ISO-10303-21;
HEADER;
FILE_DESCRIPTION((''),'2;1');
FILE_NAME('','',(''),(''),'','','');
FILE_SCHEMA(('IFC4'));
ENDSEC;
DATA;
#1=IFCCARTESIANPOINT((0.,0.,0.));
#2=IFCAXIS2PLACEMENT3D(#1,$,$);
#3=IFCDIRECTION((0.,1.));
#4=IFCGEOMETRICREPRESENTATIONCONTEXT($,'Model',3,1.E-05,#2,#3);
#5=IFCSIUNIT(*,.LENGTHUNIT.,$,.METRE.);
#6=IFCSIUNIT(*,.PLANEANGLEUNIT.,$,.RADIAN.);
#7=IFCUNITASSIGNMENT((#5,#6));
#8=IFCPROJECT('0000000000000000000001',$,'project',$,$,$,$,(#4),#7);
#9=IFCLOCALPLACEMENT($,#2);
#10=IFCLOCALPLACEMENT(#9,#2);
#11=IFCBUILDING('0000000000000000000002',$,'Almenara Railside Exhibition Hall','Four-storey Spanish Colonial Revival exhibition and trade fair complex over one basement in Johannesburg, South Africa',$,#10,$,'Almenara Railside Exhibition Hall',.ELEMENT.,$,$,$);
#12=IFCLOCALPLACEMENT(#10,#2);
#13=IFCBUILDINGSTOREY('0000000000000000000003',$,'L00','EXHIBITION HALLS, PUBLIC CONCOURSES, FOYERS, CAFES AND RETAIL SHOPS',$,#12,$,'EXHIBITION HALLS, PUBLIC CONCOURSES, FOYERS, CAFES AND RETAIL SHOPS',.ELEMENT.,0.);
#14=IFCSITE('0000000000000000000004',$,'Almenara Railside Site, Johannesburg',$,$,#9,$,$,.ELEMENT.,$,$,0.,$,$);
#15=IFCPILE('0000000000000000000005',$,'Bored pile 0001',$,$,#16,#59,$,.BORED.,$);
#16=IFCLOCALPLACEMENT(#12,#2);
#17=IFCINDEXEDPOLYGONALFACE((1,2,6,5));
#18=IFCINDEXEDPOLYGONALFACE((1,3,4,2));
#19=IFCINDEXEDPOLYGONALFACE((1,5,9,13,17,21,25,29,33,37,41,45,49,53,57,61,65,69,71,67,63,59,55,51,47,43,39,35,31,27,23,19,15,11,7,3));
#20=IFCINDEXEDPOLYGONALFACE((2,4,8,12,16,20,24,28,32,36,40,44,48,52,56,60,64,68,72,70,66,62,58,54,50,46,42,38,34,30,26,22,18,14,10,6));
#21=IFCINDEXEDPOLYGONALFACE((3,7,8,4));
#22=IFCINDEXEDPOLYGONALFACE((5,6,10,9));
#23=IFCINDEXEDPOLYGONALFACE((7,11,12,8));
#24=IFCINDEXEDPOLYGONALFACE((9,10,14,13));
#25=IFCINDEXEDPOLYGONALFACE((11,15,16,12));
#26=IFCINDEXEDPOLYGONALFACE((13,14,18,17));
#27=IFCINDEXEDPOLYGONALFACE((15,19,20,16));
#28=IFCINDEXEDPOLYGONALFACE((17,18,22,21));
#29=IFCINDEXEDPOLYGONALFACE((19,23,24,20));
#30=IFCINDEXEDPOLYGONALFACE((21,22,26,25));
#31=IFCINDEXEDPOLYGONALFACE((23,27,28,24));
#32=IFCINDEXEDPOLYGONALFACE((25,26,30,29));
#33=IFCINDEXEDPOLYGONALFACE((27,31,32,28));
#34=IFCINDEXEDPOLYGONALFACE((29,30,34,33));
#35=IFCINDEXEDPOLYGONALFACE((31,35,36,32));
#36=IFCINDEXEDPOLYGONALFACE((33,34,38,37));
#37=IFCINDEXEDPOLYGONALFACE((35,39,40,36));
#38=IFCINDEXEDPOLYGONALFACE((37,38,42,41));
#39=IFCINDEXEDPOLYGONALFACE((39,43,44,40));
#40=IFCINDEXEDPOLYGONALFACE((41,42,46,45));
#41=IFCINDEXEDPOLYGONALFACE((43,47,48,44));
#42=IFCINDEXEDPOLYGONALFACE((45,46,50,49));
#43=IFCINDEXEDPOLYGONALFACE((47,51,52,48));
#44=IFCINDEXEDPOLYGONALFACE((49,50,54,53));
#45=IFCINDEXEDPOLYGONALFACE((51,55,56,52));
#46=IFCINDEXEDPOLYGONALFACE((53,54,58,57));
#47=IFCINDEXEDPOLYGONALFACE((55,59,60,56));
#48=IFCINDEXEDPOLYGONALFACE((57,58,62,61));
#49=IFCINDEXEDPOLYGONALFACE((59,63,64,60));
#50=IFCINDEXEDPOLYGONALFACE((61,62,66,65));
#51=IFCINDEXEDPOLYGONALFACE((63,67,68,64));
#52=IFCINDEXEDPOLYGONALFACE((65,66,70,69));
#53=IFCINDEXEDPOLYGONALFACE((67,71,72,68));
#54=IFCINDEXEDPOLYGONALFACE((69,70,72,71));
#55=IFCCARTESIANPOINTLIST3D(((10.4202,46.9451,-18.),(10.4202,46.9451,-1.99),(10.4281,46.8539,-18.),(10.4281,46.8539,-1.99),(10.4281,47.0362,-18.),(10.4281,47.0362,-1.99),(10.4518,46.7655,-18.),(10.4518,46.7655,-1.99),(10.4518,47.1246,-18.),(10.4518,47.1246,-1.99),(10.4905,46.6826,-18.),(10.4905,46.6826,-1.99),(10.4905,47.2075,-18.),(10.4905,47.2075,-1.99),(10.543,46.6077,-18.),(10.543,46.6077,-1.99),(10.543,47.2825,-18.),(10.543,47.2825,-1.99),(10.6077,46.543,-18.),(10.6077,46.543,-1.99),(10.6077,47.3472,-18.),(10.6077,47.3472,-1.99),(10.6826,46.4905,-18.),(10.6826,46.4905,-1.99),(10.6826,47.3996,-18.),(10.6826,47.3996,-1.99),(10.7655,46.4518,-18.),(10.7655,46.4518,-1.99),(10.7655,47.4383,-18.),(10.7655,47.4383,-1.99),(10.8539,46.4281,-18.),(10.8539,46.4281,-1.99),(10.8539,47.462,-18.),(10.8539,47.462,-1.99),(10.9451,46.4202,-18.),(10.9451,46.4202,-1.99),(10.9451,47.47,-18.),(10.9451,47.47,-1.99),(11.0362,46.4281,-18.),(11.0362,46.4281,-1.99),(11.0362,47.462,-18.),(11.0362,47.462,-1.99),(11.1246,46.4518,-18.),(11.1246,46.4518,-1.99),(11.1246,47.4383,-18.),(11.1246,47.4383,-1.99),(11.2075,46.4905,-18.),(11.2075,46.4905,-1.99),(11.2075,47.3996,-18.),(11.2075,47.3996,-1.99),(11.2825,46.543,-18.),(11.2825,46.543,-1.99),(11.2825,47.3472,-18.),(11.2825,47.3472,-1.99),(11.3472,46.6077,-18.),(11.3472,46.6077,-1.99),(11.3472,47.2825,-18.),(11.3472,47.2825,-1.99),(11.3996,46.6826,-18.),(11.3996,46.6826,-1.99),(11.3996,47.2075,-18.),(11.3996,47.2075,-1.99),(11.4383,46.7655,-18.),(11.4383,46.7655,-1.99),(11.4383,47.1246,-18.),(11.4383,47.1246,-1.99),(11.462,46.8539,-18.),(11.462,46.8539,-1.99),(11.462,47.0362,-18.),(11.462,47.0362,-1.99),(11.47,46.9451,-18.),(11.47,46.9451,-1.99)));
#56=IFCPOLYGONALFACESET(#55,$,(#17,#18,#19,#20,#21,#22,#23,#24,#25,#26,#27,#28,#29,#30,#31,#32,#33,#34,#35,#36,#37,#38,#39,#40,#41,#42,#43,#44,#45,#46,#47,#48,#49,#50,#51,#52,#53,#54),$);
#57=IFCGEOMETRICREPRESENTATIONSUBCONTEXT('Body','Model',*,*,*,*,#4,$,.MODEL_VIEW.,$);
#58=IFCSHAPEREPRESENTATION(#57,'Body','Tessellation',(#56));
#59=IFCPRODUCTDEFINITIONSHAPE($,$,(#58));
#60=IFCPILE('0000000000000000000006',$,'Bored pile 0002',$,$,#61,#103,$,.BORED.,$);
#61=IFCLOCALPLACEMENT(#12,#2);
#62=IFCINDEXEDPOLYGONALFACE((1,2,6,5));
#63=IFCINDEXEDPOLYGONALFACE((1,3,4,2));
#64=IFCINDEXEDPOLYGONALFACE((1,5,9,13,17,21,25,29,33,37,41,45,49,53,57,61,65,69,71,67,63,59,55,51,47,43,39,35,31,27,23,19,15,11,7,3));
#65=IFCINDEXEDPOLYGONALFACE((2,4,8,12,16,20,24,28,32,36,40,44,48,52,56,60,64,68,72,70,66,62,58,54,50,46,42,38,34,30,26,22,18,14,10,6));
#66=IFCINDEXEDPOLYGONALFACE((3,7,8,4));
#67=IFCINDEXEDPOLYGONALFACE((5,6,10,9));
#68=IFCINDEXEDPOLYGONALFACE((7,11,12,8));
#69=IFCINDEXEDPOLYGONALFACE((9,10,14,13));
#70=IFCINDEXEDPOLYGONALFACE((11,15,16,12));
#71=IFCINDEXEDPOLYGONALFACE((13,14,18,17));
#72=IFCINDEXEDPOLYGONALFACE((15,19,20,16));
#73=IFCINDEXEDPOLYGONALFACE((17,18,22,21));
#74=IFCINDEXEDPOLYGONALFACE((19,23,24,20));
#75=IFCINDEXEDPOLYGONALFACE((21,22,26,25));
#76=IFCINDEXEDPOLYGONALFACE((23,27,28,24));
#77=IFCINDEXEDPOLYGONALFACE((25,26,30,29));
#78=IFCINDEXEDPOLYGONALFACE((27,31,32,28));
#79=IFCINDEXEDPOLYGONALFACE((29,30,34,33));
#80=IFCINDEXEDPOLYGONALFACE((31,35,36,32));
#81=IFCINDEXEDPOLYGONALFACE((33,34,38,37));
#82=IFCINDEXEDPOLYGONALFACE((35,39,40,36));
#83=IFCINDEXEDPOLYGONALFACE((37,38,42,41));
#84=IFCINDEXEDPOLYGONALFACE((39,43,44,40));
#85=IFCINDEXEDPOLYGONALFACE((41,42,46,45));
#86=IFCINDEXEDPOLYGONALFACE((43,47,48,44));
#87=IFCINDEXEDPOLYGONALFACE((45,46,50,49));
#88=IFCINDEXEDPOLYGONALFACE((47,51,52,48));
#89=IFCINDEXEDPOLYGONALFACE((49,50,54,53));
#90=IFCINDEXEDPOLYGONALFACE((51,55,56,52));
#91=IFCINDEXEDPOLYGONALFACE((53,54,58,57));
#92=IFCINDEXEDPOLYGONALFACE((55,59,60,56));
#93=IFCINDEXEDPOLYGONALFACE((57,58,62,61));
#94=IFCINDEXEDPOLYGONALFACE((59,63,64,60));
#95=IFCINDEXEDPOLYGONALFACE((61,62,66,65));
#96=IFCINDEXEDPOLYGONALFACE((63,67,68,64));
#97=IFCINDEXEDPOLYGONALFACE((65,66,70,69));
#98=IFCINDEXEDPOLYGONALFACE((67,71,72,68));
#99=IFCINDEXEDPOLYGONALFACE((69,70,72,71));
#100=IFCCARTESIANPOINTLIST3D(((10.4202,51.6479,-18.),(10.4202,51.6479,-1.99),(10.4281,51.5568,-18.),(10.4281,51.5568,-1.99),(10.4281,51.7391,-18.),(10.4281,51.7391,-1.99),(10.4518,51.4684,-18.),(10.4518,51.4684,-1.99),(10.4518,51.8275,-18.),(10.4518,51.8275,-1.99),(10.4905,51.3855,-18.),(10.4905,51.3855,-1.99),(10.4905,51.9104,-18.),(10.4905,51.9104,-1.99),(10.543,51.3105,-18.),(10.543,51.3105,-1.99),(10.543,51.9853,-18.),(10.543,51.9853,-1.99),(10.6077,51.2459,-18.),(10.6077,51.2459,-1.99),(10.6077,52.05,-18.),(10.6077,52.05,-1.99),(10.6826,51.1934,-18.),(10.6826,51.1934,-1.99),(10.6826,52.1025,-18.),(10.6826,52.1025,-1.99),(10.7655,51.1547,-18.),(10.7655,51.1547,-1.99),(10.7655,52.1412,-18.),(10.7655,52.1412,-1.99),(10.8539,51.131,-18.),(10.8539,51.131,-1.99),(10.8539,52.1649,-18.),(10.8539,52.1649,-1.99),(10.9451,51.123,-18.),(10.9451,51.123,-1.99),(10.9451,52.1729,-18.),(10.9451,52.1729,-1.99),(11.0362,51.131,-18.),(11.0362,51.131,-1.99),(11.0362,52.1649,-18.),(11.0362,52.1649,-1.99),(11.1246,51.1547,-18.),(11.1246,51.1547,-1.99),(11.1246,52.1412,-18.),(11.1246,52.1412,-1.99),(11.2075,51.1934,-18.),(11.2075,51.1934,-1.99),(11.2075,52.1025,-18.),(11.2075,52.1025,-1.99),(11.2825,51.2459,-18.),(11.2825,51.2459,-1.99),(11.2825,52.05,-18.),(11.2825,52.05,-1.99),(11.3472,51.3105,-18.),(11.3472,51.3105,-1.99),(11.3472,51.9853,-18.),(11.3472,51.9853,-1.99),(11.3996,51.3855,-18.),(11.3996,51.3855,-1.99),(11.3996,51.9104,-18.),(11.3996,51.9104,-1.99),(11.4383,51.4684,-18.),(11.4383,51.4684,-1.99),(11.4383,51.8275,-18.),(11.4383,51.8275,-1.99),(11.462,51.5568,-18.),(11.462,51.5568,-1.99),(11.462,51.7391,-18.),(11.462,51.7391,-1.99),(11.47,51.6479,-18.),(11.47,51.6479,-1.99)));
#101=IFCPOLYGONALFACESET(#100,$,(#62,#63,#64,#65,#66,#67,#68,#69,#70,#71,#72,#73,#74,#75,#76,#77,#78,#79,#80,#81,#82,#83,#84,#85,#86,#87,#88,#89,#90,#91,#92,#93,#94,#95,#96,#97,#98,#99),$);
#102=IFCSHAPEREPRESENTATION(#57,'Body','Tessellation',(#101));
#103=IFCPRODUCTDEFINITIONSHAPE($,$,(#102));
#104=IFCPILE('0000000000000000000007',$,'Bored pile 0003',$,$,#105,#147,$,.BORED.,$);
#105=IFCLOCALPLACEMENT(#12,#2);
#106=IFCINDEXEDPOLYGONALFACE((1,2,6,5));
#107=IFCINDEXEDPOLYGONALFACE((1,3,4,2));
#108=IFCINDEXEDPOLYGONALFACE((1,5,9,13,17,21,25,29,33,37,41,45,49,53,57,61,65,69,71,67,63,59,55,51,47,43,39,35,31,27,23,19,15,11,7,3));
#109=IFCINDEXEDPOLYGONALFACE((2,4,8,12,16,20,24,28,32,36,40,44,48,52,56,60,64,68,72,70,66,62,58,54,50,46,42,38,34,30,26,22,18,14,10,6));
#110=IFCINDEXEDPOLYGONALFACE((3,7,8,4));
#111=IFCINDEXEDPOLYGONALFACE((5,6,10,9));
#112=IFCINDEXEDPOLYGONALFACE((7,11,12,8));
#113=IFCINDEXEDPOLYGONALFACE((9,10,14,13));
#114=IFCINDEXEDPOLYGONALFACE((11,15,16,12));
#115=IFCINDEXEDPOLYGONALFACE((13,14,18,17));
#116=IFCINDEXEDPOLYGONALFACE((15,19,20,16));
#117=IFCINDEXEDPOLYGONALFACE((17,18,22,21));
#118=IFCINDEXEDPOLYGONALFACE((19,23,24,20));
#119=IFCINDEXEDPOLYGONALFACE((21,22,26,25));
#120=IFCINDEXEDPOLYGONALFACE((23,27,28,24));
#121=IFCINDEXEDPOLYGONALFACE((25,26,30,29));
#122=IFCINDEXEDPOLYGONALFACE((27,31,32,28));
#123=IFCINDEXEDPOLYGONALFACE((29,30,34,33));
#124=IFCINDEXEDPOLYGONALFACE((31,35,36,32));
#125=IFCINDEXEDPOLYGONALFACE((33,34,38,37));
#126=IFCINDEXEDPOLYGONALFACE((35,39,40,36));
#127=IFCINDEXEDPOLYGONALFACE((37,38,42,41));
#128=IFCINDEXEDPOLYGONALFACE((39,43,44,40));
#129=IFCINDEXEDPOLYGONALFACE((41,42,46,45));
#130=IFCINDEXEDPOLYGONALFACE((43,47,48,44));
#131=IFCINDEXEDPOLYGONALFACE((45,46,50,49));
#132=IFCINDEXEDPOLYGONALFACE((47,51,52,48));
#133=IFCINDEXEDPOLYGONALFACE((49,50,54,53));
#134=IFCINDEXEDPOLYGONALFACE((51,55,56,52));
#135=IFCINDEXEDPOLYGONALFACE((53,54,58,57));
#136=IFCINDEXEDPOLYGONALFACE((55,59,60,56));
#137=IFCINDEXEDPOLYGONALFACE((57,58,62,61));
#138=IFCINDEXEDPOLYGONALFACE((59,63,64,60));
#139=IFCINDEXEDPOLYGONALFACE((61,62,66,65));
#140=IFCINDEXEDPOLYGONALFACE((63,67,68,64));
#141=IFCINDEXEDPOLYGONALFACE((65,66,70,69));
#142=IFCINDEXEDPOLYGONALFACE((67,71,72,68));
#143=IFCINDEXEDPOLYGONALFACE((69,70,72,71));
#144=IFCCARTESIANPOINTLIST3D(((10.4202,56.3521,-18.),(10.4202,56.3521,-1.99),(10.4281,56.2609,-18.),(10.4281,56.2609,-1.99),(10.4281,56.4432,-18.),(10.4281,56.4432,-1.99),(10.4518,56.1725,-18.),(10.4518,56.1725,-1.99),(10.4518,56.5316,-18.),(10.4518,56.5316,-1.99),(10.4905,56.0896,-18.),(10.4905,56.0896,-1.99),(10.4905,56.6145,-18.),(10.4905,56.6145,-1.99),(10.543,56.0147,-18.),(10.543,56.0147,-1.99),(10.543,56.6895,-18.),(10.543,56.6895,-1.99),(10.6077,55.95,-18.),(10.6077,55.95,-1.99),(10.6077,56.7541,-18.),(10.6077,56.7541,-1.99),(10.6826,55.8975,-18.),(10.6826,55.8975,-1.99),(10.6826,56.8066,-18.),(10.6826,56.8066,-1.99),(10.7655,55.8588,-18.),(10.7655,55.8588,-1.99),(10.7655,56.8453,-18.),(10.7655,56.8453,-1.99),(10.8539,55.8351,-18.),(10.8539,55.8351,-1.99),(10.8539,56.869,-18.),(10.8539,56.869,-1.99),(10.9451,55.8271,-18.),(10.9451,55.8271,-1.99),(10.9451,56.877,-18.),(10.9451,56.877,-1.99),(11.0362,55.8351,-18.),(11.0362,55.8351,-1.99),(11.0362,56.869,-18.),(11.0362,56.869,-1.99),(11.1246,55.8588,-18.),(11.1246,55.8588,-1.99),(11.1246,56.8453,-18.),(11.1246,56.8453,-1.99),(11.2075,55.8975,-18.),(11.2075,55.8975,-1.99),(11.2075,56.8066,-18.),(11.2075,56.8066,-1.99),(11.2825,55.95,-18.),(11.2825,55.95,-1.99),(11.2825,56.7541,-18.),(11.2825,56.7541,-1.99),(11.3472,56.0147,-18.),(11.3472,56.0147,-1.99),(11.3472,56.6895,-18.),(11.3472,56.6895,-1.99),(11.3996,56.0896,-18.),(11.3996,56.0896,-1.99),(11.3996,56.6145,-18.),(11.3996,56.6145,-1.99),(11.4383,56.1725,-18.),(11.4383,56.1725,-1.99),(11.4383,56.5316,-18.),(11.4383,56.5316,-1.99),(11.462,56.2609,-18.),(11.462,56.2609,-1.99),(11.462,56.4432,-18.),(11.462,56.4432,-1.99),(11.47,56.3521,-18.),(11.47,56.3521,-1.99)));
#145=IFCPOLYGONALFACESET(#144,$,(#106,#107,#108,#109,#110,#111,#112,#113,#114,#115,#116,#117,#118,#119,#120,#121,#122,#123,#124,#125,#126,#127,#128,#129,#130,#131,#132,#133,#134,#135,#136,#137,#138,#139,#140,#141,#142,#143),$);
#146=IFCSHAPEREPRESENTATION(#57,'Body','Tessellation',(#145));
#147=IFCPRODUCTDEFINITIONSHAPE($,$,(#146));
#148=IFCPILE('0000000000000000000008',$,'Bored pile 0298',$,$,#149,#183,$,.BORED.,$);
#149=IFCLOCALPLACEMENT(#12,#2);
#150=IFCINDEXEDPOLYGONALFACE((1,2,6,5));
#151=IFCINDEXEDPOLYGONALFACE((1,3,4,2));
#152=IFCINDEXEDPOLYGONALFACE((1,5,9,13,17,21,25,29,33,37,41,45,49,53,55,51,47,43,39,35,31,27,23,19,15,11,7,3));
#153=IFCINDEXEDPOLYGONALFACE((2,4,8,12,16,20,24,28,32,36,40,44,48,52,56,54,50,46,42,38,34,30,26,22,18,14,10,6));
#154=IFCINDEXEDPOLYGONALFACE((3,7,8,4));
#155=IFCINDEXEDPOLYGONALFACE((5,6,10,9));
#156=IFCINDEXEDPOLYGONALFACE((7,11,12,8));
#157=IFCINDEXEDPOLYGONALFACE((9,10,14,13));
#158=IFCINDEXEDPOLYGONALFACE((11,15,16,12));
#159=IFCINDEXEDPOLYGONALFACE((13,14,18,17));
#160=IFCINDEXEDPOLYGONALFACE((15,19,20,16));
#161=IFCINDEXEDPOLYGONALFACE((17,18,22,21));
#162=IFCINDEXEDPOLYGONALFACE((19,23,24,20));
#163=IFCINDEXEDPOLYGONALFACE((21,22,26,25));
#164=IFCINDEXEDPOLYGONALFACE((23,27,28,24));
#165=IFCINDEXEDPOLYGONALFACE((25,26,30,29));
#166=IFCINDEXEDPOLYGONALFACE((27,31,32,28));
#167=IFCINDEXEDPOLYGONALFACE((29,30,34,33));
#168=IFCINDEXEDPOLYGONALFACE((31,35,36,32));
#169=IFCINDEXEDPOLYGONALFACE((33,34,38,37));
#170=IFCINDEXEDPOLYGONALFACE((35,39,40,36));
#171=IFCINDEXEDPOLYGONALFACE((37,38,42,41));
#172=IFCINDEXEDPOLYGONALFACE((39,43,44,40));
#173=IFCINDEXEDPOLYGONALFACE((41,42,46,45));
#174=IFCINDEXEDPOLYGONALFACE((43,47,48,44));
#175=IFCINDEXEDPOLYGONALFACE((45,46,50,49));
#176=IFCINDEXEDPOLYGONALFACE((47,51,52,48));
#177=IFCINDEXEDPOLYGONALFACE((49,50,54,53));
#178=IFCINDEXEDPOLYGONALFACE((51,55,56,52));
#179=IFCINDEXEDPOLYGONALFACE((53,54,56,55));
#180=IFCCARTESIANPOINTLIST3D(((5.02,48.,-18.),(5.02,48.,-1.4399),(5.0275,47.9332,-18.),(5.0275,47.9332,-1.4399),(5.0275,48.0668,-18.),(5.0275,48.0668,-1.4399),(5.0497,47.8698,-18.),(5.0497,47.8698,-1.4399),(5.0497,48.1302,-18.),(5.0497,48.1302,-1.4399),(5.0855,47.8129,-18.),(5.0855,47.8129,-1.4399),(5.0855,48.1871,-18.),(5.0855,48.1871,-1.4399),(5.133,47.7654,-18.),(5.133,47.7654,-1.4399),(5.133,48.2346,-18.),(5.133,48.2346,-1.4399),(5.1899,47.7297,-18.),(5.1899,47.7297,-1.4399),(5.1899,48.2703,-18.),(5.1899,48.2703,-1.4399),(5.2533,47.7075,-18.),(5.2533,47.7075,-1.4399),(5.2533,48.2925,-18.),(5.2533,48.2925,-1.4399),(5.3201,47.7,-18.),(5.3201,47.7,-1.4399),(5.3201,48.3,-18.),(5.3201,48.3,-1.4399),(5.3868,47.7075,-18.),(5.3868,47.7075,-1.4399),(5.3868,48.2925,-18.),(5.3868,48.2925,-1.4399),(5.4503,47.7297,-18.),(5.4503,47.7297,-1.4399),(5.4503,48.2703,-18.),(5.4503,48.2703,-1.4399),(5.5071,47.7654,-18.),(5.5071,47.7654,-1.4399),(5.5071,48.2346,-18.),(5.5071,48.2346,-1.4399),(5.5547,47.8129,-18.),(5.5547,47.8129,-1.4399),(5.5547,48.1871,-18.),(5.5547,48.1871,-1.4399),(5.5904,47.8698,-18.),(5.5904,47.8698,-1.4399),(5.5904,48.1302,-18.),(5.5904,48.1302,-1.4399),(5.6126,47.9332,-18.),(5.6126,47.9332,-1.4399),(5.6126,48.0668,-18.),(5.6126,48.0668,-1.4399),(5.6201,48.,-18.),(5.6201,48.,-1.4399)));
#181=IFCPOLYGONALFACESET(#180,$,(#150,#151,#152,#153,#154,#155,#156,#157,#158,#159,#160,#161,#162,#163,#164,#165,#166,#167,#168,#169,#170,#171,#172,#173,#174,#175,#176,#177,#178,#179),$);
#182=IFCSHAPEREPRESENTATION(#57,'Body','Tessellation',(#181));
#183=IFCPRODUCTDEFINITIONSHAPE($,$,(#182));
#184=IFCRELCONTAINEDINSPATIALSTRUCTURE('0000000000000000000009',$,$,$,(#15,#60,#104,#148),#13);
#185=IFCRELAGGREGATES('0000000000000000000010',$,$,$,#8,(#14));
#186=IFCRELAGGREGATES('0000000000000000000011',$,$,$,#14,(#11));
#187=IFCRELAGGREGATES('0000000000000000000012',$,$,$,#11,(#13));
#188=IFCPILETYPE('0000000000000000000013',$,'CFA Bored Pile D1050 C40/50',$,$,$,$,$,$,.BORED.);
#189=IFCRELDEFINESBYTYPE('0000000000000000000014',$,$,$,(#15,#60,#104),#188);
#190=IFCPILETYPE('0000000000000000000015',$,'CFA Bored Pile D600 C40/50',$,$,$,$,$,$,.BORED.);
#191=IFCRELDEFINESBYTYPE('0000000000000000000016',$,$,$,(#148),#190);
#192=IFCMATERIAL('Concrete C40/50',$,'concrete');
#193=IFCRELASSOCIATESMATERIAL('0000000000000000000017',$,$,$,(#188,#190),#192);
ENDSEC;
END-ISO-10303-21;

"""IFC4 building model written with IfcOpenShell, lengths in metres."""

from ifc_helpers import new_model, si_unit, direction, frame, origin, origin_2d, place, context, subcontext, project, spatial, circle, extrude, material, material_profile, profile_set, type_object, element, save


model = new_model("IFC4")

# Units and contexts
model_context = context("Model", 3, precision=1e-05, world=origin(), true_north=direction((0.0, 1.0)))
body_context = subcontext(model_context, "Body", "Model", "MODEL_VIEW")
ifc_project = project(units=[si_unit("LENGTHUNIT", "METRE"), si_unit("PLANEANGLEUNIT", "RADIAN")], contexts=[model_context])

# Site, building, storey
site_placement = place(None, origin())
site = spatial("IfcSite", under=ifc_project, at=site_placement, Name="Almenara Railside Site, Johannesburg", CompositionType="ELEMENT", RefElevation=0.0)
building_placement = place(site_placement, origin())
building = spatial("IfcBuilding", under=site, at=building_placement, Name="Almenara Railside Exhibition Hall", Description="Four-storey Spanish Colonial Revival exhibition and trade fair complex over one basement in Johannesburg, South Africa", LongName="Almenara Railside Exhibition Hall", CompositionType="ELEMENT")
storey_placement = place(building_placement, origin())
storey = spatial("IfcBuildingStorey", under=building, at=storey_placement, Name="L00", Description="EXHIBITION HALLS, PUBLIC CONCOURSES, FOYERS, CAFES AND RETAIL SHOPS", LongName="EXHIBITION HALLS, PUBLIC CONCOURSES, FOYERS, CAFES AND RETAIL SHOPS", CompositionType="ELEMENT", Elevation=0.0)

# Piles
ifc_material_1 = material(Name="Concrete C40/50", Category="concrete")
ifc_material_profile_1 = material_profile(ifc_material_1, circle(Radius=0.5249, at=origin_2d()), Name="CFA-PILE D1050")
ifc_profile_set_1 = profile_set([ifc_material_profile_1], Name="Concrete C40/50")
pile_type_1 = type_object("IfcPileType", Name="CFA Bored Pile D1050 C40/50", PredefinedType="BORED", material=ifc_profile_set_1)
for number, where, z_axis, x_axis, name in (
    (1, (10.9451, 46.9451, -1.99), (0.0, 0.0, -1.0), (1.0, 0.0, 0.0), "Bored pile 0001"),
    (2, (10.9451, 51.6479, -1.99), (0.0, 0.0, -1.0), (1.0, 0.0, 0.0), "Bored pile 0002"),
    (3, (10.9451, 56.3521, -1.99), (0.0, 0.0, -1.0), (1.0, 0.0, 0.0), "Bored pile 0003"),
):
    element("IfcPile", number, at=place(storey_placement, frame(where, z_axis=z_axis, x_axis=x_axis)), inside=storey, type_object=pile_type_1, Name=name, PredefinedType="BORED", context=body_context, shape_type="SweptSolid", body=[
        extrude(circle(Radius=0.5249, at=origin_2d()), origin(), (0.0, 0.0, 1.0), 16.01),
    ])
ifc_material_profile_2 = material_profile(ifc_material_1, circle(Radius=0.3, at=origin_2d()), Name="CFA-PILE D600")
ifc_profile_set_2 = profile_set([ifc_material_profile_2], Name="Concrete C40/50")
pile_type_2 = type_object("IfcPileType", Name="CFA Bored Pile D600 C40/50", PredefinedType="BORED", material=ifc_profile_set_2)
for number, where, z_axis, x_axis, name in (
    (4, (5.3201, 48.0, -1.4399), (0.0, 0.0, -1.0), (1.0, 0.0, 0.0), "Bored pile 0298"),
):
    element("IfcPile", number, at=place(storey_placement, frame(where, z_axis=z_axis, x_axis=x_axis)), inside=storey, type_object=pile_type_2, Name=name, PredefinedType="BORED", context=body_context, shape_type="SweptSolid", body=[
        extrude(circle(Radius=0.3, at=origin_2d()), origin(), (0.0, 0.0, 1.0), 16.5601),
    ])

save(model, "model.ifc")
